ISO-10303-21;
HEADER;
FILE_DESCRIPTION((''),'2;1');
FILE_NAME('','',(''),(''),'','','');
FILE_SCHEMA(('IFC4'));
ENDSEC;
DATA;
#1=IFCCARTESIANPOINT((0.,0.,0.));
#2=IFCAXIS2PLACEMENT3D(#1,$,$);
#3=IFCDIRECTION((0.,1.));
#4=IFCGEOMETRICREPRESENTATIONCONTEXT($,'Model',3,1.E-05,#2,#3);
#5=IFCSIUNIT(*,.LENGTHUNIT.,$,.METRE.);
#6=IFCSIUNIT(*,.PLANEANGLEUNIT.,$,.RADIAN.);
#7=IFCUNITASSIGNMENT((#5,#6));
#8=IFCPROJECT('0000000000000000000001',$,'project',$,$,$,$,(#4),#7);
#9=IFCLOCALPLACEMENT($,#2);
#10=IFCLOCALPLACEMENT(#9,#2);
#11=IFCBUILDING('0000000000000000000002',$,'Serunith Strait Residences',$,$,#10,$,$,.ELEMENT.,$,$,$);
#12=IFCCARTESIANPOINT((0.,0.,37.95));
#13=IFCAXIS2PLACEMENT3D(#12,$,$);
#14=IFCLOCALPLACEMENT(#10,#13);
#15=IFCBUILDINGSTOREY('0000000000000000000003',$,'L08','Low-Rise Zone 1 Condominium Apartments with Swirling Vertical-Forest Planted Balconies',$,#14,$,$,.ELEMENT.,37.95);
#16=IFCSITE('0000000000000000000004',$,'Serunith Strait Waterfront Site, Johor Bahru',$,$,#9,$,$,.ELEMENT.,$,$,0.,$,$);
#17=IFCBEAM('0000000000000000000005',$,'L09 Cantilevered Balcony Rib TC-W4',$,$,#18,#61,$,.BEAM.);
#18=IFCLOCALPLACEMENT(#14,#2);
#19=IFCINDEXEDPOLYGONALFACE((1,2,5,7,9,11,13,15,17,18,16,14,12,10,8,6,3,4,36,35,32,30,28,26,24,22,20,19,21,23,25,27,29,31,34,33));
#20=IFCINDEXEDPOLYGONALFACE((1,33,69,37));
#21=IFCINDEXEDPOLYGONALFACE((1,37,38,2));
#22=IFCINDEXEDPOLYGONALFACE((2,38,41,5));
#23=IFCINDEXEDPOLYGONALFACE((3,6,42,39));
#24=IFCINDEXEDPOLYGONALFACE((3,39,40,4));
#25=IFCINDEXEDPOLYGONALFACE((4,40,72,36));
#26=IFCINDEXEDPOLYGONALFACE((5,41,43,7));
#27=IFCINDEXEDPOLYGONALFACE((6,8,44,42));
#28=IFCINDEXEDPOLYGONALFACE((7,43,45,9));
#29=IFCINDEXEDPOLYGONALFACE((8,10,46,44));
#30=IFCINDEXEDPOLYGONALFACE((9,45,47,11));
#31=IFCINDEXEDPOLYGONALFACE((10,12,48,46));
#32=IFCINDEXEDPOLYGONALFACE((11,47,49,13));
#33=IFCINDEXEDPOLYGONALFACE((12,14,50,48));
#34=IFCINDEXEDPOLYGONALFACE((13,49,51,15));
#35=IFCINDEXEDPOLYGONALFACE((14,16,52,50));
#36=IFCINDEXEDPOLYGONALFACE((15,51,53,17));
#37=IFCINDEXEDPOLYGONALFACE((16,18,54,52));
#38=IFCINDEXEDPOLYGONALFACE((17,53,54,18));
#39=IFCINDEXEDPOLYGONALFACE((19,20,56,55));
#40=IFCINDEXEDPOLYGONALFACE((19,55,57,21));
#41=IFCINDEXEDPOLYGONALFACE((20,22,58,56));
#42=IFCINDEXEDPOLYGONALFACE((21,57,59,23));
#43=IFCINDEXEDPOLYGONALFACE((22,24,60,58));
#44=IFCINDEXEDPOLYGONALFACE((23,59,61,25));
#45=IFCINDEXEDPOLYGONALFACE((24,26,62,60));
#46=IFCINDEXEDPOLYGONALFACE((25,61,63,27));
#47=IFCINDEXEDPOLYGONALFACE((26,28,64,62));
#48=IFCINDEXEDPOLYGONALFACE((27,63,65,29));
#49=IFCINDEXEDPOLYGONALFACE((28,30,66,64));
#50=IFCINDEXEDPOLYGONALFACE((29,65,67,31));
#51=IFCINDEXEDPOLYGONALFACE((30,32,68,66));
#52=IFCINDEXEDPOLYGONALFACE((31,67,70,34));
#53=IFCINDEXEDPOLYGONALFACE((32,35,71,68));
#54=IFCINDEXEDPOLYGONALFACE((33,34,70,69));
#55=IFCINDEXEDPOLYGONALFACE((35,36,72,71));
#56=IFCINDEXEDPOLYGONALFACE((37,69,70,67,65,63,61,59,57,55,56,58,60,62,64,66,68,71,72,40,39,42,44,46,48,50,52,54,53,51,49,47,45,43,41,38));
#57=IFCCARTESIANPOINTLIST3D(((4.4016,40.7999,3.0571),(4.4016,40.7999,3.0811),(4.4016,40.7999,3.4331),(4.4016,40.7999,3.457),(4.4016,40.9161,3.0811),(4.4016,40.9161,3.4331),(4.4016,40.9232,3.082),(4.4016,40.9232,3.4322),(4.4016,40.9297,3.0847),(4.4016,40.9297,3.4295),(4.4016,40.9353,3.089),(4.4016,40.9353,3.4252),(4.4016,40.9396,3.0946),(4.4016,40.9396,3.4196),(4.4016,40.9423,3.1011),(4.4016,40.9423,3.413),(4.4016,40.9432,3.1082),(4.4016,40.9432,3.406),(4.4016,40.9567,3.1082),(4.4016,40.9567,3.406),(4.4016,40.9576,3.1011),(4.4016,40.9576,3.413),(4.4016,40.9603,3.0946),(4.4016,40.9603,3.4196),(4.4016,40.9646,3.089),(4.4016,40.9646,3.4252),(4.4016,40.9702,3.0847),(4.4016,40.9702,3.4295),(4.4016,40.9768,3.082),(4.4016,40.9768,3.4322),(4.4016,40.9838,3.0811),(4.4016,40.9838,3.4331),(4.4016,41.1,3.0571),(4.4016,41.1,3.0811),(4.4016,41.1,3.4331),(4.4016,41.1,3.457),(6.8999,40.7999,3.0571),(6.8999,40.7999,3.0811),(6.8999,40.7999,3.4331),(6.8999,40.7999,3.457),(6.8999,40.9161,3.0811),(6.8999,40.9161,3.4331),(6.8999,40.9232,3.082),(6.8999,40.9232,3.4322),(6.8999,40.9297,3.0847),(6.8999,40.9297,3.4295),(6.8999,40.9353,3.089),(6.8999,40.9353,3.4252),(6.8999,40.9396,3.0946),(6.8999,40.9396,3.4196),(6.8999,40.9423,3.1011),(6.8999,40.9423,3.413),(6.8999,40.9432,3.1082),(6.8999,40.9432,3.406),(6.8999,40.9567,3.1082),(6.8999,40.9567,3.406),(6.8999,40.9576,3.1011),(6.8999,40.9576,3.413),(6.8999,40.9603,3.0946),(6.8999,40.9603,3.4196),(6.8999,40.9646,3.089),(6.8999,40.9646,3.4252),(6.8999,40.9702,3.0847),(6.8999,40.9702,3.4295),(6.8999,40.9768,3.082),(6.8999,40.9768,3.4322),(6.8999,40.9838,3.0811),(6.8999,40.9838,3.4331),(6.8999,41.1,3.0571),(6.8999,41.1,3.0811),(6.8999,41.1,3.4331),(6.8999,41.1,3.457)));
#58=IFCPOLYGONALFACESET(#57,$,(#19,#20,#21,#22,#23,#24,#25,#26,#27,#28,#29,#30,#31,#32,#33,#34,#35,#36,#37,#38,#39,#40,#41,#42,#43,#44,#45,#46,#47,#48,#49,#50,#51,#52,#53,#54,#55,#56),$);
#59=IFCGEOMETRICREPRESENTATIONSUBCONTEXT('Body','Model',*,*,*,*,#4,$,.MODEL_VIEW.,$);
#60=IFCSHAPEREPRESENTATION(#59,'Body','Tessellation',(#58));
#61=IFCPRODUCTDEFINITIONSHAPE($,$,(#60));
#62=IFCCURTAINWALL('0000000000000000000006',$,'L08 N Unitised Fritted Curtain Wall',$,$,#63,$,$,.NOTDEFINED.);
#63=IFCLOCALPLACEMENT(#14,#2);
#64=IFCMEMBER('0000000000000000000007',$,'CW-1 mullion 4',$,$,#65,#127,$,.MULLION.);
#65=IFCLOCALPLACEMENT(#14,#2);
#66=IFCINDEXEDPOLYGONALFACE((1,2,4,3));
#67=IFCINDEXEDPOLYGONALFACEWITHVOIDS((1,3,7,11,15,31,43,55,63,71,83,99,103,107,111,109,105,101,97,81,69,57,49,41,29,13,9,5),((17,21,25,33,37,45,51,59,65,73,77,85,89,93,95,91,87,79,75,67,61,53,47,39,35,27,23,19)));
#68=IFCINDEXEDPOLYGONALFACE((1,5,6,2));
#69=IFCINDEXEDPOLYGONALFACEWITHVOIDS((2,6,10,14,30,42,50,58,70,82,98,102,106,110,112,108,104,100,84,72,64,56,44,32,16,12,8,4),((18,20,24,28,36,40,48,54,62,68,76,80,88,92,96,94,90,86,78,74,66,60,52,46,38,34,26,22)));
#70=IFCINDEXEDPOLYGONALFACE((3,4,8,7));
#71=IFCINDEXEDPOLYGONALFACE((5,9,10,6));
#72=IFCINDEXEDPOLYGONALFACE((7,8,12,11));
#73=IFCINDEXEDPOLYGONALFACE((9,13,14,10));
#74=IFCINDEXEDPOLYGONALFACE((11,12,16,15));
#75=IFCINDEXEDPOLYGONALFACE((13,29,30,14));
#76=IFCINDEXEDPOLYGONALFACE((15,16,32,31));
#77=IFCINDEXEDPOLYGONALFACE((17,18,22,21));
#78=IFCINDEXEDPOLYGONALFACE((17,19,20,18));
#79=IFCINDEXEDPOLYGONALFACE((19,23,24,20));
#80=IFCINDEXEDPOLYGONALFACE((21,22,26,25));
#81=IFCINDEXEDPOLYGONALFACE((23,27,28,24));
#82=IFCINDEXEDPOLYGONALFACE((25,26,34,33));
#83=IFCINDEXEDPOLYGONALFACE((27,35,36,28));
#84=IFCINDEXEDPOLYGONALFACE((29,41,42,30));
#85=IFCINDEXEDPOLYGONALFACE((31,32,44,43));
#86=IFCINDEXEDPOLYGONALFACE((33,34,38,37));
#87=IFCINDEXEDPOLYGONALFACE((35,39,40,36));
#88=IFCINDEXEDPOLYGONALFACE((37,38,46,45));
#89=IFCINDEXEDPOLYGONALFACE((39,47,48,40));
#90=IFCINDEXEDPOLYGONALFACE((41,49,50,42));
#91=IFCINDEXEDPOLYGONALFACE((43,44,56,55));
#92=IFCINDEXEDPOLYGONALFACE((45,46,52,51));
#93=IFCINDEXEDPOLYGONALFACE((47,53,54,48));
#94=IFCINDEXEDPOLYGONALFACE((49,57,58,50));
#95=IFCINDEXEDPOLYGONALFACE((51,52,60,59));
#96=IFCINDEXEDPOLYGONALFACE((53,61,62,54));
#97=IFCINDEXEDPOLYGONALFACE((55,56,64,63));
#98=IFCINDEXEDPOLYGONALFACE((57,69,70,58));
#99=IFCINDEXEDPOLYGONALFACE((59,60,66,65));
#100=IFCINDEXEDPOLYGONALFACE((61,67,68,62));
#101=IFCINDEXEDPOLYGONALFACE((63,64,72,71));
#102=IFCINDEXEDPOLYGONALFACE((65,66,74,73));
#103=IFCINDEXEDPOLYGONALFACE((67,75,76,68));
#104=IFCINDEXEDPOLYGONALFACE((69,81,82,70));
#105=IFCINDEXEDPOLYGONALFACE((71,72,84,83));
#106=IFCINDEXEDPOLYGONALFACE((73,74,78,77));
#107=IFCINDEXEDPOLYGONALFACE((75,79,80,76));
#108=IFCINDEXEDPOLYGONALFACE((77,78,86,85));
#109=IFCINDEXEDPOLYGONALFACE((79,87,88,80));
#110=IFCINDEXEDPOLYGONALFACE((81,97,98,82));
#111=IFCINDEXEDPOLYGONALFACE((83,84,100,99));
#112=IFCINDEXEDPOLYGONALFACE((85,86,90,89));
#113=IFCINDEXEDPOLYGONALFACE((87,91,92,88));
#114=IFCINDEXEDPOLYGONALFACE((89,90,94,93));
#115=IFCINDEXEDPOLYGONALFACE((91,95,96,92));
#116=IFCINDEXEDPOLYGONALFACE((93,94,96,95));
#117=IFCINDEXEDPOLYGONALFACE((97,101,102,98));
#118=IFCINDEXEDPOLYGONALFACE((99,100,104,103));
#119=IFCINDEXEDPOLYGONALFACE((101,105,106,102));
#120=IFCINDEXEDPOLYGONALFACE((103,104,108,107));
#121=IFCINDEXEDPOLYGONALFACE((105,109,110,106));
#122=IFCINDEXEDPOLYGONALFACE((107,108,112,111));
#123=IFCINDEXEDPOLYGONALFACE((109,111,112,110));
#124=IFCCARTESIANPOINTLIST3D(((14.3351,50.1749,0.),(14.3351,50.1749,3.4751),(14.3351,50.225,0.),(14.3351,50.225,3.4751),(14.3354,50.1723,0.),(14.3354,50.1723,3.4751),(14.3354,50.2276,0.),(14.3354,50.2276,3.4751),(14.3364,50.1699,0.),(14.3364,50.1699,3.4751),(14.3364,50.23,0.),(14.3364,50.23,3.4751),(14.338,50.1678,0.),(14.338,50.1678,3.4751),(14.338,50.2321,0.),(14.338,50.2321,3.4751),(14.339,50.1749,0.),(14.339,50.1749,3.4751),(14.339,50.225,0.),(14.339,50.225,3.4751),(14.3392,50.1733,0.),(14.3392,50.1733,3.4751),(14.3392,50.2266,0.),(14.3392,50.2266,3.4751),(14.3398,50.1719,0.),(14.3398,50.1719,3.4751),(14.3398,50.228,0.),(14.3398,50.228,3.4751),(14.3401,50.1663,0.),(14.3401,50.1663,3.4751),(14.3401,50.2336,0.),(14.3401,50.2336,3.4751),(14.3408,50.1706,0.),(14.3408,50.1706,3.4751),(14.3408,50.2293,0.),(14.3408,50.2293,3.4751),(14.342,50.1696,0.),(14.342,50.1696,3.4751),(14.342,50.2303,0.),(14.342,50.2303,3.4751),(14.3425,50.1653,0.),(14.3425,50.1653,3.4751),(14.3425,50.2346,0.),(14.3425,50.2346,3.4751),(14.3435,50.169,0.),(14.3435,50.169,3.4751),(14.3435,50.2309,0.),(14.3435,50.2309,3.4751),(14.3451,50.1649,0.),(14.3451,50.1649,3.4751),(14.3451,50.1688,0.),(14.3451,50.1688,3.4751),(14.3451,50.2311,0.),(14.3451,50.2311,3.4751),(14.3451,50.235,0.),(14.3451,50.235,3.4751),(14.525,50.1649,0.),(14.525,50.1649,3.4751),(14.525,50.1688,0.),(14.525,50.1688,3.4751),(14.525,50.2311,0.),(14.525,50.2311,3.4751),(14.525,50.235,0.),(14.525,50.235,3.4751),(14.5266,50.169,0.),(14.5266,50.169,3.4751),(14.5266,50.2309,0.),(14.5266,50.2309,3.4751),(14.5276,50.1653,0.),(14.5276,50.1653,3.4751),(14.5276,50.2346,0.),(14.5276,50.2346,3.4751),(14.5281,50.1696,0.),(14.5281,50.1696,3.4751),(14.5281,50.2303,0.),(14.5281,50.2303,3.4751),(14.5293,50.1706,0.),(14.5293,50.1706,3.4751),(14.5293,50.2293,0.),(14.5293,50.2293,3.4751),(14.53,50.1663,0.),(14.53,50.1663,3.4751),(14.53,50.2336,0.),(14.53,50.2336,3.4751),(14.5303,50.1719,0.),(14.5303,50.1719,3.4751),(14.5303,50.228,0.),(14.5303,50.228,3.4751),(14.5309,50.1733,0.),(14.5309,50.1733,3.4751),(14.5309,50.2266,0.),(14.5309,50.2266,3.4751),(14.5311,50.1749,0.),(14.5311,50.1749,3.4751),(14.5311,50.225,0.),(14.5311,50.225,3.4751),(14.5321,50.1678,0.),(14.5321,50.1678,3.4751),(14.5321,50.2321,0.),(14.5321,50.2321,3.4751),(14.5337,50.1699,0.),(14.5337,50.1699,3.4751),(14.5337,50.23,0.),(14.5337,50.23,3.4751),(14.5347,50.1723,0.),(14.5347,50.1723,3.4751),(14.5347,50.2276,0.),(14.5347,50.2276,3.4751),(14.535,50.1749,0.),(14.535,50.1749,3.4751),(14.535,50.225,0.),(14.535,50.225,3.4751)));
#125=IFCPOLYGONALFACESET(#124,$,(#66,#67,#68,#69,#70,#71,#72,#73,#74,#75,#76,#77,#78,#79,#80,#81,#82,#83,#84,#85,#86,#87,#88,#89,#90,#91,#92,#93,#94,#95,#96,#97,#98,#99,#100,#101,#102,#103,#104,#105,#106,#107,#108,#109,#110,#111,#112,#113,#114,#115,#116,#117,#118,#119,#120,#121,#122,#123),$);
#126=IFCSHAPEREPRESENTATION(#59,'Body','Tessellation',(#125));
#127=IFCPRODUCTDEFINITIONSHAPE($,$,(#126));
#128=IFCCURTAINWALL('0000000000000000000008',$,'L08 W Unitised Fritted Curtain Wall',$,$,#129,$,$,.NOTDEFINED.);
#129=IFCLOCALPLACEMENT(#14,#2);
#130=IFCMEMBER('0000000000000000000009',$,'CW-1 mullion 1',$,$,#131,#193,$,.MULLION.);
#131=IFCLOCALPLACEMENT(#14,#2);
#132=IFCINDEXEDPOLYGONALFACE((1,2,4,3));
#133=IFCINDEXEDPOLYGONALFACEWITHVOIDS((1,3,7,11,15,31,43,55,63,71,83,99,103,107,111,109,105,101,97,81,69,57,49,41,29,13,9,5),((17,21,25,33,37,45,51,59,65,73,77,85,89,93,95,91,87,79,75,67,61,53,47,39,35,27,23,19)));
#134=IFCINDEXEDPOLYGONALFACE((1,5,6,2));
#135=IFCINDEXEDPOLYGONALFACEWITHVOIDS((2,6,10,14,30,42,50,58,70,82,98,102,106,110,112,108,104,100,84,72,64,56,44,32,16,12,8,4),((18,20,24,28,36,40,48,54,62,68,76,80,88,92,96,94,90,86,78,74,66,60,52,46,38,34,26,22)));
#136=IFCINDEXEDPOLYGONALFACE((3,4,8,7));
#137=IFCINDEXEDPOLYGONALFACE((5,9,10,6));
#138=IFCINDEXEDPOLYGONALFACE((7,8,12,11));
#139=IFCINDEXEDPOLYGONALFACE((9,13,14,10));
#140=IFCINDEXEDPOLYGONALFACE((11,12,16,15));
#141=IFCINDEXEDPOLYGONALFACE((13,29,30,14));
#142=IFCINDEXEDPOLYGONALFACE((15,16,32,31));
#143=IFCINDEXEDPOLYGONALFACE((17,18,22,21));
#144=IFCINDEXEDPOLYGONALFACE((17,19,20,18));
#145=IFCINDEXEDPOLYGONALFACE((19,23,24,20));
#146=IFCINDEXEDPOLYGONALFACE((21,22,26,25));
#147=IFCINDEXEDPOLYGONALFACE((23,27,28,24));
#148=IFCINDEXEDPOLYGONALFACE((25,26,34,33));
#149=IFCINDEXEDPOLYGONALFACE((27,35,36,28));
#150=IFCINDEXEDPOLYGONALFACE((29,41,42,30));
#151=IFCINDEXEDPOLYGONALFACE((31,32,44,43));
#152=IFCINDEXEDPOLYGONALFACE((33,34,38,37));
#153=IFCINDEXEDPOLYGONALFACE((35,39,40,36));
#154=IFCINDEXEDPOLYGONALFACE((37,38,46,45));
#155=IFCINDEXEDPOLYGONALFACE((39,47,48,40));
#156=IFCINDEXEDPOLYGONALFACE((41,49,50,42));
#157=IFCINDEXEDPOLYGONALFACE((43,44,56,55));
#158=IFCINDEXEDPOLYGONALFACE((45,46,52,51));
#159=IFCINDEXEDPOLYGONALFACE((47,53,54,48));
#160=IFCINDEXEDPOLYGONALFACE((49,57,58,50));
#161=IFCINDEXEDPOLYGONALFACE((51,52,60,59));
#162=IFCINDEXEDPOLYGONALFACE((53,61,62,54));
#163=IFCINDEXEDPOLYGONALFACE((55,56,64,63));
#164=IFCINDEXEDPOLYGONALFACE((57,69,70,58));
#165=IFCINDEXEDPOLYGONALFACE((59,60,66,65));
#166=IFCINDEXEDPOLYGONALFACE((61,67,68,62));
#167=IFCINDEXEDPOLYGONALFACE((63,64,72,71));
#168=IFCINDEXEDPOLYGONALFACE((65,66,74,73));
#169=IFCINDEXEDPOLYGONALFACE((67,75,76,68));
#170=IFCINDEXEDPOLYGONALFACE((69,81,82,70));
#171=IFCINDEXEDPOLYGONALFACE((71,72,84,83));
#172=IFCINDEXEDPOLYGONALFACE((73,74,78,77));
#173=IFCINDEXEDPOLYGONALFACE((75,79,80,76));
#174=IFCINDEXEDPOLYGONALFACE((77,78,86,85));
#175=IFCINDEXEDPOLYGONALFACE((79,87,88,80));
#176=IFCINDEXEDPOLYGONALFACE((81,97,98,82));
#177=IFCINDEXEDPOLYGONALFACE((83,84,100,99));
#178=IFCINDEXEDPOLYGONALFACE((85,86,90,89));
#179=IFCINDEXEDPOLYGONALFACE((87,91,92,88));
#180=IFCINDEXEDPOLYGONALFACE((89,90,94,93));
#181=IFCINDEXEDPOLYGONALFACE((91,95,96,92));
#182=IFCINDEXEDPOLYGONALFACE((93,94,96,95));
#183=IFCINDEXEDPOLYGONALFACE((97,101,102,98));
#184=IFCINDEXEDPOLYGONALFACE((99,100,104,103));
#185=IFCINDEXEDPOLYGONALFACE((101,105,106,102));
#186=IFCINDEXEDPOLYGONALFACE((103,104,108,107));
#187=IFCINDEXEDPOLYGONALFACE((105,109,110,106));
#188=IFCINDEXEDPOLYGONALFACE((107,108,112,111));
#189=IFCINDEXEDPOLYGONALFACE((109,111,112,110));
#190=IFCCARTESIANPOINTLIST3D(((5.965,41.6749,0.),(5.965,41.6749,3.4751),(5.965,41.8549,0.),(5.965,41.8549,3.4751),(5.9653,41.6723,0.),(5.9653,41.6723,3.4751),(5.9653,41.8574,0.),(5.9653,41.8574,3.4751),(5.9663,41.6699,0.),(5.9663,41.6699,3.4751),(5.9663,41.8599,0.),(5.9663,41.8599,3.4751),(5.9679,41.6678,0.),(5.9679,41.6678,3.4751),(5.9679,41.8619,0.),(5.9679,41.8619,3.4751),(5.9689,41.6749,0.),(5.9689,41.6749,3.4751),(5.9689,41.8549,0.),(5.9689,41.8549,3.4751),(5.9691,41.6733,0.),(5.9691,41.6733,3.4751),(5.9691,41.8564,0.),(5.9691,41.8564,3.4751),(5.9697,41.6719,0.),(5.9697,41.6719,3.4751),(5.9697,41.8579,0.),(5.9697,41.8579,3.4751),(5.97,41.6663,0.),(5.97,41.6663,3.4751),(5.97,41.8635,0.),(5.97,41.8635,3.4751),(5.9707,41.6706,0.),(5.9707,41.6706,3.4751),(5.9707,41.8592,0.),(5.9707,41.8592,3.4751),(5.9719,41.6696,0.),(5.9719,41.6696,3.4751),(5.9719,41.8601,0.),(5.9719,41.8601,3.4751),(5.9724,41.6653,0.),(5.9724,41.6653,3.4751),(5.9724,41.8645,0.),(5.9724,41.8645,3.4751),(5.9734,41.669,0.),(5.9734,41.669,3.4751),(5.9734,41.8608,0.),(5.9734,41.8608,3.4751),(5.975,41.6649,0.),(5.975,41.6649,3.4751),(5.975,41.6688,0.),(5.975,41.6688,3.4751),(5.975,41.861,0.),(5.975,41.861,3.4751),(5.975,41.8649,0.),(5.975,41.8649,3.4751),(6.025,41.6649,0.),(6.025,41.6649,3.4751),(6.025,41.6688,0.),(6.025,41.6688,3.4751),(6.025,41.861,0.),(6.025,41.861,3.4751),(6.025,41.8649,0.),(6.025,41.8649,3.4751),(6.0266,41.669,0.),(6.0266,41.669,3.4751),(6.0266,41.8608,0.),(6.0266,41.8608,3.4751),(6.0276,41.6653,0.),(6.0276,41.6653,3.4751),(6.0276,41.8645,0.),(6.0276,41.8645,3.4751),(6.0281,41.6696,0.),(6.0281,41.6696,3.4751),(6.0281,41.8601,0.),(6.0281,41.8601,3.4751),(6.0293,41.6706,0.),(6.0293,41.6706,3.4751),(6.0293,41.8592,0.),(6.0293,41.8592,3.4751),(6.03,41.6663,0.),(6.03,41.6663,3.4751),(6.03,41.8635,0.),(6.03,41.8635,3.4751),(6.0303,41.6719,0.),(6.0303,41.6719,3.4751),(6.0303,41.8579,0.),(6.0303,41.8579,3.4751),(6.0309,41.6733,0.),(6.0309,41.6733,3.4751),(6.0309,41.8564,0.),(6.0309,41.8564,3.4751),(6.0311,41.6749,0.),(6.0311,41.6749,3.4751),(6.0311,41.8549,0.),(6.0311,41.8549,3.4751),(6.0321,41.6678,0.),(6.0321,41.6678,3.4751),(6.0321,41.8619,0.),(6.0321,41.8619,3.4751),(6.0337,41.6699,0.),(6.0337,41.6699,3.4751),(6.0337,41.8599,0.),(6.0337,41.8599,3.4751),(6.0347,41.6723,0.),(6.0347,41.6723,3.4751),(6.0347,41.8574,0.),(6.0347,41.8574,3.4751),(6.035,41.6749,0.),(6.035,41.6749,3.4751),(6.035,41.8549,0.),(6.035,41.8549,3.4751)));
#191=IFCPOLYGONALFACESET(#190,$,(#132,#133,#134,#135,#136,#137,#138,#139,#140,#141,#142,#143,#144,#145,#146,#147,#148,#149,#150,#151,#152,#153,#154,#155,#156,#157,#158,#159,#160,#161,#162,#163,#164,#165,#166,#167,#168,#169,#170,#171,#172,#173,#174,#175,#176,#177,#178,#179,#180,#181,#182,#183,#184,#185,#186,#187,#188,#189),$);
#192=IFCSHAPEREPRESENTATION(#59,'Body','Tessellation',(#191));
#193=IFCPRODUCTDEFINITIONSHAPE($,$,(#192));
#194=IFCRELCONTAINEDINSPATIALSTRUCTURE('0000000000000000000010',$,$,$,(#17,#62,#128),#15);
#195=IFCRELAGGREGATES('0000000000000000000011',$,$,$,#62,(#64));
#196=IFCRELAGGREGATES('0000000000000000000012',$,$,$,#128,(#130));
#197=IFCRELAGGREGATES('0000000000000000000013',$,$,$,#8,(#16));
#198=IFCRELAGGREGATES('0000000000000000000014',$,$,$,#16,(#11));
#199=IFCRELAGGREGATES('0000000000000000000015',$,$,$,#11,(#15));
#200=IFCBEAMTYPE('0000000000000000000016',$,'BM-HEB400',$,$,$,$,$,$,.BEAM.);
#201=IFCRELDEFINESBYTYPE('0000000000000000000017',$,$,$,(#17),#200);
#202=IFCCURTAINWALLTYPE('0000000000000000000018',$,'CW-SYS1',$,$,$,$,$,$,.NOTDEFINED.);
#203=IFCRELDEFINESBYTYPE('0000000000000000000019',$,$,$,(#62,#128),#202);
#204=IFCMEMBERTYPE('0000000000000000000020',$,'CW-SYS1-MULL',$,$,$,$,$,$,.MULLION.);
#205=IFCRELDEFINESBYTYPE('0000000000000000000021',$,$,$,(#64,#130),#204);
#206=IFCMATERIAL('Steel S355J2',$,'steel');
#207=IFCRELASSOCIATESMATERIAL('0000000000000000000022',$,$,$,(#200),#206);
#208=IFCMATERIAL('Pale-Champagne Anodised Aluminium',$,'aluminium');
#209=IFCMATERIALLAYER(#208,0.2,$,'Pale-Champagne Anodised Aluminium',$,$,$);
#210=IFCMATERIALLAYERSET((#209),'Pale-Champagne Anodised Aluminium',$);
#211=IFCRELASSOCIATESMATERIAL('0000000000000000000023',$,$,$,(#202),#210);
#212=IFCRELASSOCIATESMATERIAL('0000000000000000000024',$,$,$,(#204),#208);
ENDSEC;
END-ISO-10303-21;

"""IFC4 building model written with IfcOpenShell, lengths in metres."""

from ifc_helpers import new_model, si_unit, direction, frame, origin, origin_2d, place, context, subcontext, project, spatial, hollow_rectangle, i_section, extrude, source, transform, mapped, material, layer, layer_set, material_profile, profile_set, type_object, element, aggregate, save


model = new_model("IFC4")

# Units and contexts
model_context = context("Model", 3, precision=1e-05, world=origin(), true_north=direction((0.0, 1.0)))
body_context = subcontext(model_context, "Body", "Model", "MODEL_VIEW")
ifc_project = project(units=[si_unit("LENGTHUNIT", "METRE"), si_unit("PLANEANGLEUNIT", "RADIAN")], contexts=[model_context])

# Site, building, storey
site_placement = place(None, origin())
site = spatial("IfcSite", under=ifc_project, at=site_placement, Name="Serunith Strait Waterfront Site, Johor Bahru", CompositionType="ELEMENT", RefElevation=0.0)
building_placement = place(site_placement, origin())
building = spatial("IfcBuilding", under=site, at=building_placement, Name="Serunith Strait Residences", CompositionType="ELEMENT")
storey_placement = place(building_placement, frame((0.0, 0.0, 37.95)))
storey = spatial("IfcBuildingStorey", under=building, at=storey_placement, Name="L08", Description="Low-Rise Zone 1 Condominium Apartments with Swirling Vertical-Forest Planted Balconies", CompositionType="ELEMENT", Elevation=37.95)

# Beam
ifc_material_1 = material(Name="Steel S355J2", Category="steel")
ifc_material_profile_1 = material_profile(ifc_material_1, i_section(OverallWidth=0.3, OverallDepth=0.3999, WebThickness=0.0134, FlangeThickness=0.0239, FilletRadius=0.0271, at=origin_2d()), Name="HEB 400")
ifc_profile_set_1 = profile_set([ifc_material_profile_1], Name="Steel S355J2")
beam_type_1 = type_object("IfcBeamType", Name="BM-HEB400", PredefinedType="BEAM", material=ifc_profile_set_1)
shared_shape_1 = source(origin(), body_context, "Body", "SweptSolid", [
    extrude(i_section(OverallWidth=0.3, OverallDepth=0.3999, WebThickness=0.0134, FlangeThickness=0.0239, FilletRadius=0.0271, at=origin_2d()), origin(), (0.0, 0.0, 1.0), 2.4983),
])
beam_1_placement = place(storey_placement, frame((6.8999, 40.95, 3.2571), z_axis=(-1.0, 0.0, 0.0), x_axis=(0.0, -1.0, 0.0)))
element("IfcBeam", 1, at=beam_1_placement, inside=storey, type_object=beam_type_1, Name="L09 Cantilevered Balcony Rib TC-W4", PredefinedType="BEAM", context=body_context, shape_type="MappedRepresentation", body=[
    mapped(shared_shape_1, transform((0.0, 0.0, 0.0), scale=1.0)),
])

# Curtain wall, member
ifc_material_2 = material(Name="Pale-Champagne Anodised Aluminium", Category="aluminium")
ifc_layer_1 = layer(ifc_material_2, 0.2, Name="Pale-Champagne Anodised Aluminium")
ifc_layer_set_1 = layer_set([ifc_layer_1], Name="Pale-Champagne Anodised Aluminium")
curtain_wall_type = type_object("IfcCurtainWallType", Name="CW-SYS1", PredefinedType="NOTDEFINED", material=ifc_layer_set_1)
curtain_wall_1_placement = place(storey_placement, origin())
curtain_wall_1 = element("IfcCurtainWall", 2, at=curtain_wall_1_placement, inside=storey, type_object=curtain_wall_type, Name="L08 N Unitised Fritted Curtain Wall", PredefinedType="NOTDEFINED")
ifc_material_profile_2 = material_profile(ifc_material_2, hollow_rectangle(XDim=0.0701, YDim=0.2, WallThickness=0.0039, InnerFilletRadius=0.0061, OuterFilletRadius=0.01, at=origin_2d()), Name="ALU 200x70x4")
ifc_profile_set_2 = profile_set([ifc_material_profile_2], Name="Pale-Champagne Anodised Aluminium")
member_type_1 = type_object("IfcMemberType", Name="CW-SYS1-MULL", PredefinedType="MULLION", material=ifc_profile_set_2)
shared_shape_2 = source(origin(), body_context, "Body", "SweptSolid", [
    extrude(hollow_rectangle(XDim=0.0701, YDim=0.2, WallThickness=0.0039, InnerFilletRadius=0.0061, OuterFilletRadius=0.01, at=origin_2d()), origin(), (0.0, 0.0, 1.0), 3.4751),
])
member_1_placement = place(storey_placement, frame((14.4351, 50.2, 0.0), z_axis=(0.0, 0.0, 1.0), x_axis=(0.0, -1.0, 0.0)))
member_1 = element("IfcMember", 3, at=member_1_placement, type_object=member_type_1, Name="CW-1 mullion 4", PredefinedType="MULLION", context=body_context, shape_type="MappedRepresentation", body=[
    mapped(shared_shape_2, transform((0.0, 0.0, 0.0), scale=1.0)),
])
aggregate(curtain_wall_1, [member_1])

# Curtain wall, member
curtain_wall_2_placement = place(storey_placement, origin())
curtain_wall_2 = element("IfcCurtainWall", 4, at=curtain_wall_2_placement, inside=storey, type_object=curtain_wall_type, Name="L08 W Unitised Fritted Curtain Wall", PredefinedType="NOTDEFINED")
member_2_placement = place(storey_placement, frame((6.0, 41.7649, 0.0), z_axis=(0.0, 0.0, 1.0), x_axis=(1.0, 0.0, 0.0)))
member_2 = element("IfcMember", 5, at=member_2_placement, type_object=member_type_1, Name="CW-1 mullion 1", PredefinedType="MULLION", context=body_context, shape_type="MappedRepresentation", body=[
    mapped(shared_shape_2, transform((0.0, 0.0, 0.0), scale=1.0)),
])
aggregate(curtain_wall_2, [member_2])

save(model, "model.ifc")
